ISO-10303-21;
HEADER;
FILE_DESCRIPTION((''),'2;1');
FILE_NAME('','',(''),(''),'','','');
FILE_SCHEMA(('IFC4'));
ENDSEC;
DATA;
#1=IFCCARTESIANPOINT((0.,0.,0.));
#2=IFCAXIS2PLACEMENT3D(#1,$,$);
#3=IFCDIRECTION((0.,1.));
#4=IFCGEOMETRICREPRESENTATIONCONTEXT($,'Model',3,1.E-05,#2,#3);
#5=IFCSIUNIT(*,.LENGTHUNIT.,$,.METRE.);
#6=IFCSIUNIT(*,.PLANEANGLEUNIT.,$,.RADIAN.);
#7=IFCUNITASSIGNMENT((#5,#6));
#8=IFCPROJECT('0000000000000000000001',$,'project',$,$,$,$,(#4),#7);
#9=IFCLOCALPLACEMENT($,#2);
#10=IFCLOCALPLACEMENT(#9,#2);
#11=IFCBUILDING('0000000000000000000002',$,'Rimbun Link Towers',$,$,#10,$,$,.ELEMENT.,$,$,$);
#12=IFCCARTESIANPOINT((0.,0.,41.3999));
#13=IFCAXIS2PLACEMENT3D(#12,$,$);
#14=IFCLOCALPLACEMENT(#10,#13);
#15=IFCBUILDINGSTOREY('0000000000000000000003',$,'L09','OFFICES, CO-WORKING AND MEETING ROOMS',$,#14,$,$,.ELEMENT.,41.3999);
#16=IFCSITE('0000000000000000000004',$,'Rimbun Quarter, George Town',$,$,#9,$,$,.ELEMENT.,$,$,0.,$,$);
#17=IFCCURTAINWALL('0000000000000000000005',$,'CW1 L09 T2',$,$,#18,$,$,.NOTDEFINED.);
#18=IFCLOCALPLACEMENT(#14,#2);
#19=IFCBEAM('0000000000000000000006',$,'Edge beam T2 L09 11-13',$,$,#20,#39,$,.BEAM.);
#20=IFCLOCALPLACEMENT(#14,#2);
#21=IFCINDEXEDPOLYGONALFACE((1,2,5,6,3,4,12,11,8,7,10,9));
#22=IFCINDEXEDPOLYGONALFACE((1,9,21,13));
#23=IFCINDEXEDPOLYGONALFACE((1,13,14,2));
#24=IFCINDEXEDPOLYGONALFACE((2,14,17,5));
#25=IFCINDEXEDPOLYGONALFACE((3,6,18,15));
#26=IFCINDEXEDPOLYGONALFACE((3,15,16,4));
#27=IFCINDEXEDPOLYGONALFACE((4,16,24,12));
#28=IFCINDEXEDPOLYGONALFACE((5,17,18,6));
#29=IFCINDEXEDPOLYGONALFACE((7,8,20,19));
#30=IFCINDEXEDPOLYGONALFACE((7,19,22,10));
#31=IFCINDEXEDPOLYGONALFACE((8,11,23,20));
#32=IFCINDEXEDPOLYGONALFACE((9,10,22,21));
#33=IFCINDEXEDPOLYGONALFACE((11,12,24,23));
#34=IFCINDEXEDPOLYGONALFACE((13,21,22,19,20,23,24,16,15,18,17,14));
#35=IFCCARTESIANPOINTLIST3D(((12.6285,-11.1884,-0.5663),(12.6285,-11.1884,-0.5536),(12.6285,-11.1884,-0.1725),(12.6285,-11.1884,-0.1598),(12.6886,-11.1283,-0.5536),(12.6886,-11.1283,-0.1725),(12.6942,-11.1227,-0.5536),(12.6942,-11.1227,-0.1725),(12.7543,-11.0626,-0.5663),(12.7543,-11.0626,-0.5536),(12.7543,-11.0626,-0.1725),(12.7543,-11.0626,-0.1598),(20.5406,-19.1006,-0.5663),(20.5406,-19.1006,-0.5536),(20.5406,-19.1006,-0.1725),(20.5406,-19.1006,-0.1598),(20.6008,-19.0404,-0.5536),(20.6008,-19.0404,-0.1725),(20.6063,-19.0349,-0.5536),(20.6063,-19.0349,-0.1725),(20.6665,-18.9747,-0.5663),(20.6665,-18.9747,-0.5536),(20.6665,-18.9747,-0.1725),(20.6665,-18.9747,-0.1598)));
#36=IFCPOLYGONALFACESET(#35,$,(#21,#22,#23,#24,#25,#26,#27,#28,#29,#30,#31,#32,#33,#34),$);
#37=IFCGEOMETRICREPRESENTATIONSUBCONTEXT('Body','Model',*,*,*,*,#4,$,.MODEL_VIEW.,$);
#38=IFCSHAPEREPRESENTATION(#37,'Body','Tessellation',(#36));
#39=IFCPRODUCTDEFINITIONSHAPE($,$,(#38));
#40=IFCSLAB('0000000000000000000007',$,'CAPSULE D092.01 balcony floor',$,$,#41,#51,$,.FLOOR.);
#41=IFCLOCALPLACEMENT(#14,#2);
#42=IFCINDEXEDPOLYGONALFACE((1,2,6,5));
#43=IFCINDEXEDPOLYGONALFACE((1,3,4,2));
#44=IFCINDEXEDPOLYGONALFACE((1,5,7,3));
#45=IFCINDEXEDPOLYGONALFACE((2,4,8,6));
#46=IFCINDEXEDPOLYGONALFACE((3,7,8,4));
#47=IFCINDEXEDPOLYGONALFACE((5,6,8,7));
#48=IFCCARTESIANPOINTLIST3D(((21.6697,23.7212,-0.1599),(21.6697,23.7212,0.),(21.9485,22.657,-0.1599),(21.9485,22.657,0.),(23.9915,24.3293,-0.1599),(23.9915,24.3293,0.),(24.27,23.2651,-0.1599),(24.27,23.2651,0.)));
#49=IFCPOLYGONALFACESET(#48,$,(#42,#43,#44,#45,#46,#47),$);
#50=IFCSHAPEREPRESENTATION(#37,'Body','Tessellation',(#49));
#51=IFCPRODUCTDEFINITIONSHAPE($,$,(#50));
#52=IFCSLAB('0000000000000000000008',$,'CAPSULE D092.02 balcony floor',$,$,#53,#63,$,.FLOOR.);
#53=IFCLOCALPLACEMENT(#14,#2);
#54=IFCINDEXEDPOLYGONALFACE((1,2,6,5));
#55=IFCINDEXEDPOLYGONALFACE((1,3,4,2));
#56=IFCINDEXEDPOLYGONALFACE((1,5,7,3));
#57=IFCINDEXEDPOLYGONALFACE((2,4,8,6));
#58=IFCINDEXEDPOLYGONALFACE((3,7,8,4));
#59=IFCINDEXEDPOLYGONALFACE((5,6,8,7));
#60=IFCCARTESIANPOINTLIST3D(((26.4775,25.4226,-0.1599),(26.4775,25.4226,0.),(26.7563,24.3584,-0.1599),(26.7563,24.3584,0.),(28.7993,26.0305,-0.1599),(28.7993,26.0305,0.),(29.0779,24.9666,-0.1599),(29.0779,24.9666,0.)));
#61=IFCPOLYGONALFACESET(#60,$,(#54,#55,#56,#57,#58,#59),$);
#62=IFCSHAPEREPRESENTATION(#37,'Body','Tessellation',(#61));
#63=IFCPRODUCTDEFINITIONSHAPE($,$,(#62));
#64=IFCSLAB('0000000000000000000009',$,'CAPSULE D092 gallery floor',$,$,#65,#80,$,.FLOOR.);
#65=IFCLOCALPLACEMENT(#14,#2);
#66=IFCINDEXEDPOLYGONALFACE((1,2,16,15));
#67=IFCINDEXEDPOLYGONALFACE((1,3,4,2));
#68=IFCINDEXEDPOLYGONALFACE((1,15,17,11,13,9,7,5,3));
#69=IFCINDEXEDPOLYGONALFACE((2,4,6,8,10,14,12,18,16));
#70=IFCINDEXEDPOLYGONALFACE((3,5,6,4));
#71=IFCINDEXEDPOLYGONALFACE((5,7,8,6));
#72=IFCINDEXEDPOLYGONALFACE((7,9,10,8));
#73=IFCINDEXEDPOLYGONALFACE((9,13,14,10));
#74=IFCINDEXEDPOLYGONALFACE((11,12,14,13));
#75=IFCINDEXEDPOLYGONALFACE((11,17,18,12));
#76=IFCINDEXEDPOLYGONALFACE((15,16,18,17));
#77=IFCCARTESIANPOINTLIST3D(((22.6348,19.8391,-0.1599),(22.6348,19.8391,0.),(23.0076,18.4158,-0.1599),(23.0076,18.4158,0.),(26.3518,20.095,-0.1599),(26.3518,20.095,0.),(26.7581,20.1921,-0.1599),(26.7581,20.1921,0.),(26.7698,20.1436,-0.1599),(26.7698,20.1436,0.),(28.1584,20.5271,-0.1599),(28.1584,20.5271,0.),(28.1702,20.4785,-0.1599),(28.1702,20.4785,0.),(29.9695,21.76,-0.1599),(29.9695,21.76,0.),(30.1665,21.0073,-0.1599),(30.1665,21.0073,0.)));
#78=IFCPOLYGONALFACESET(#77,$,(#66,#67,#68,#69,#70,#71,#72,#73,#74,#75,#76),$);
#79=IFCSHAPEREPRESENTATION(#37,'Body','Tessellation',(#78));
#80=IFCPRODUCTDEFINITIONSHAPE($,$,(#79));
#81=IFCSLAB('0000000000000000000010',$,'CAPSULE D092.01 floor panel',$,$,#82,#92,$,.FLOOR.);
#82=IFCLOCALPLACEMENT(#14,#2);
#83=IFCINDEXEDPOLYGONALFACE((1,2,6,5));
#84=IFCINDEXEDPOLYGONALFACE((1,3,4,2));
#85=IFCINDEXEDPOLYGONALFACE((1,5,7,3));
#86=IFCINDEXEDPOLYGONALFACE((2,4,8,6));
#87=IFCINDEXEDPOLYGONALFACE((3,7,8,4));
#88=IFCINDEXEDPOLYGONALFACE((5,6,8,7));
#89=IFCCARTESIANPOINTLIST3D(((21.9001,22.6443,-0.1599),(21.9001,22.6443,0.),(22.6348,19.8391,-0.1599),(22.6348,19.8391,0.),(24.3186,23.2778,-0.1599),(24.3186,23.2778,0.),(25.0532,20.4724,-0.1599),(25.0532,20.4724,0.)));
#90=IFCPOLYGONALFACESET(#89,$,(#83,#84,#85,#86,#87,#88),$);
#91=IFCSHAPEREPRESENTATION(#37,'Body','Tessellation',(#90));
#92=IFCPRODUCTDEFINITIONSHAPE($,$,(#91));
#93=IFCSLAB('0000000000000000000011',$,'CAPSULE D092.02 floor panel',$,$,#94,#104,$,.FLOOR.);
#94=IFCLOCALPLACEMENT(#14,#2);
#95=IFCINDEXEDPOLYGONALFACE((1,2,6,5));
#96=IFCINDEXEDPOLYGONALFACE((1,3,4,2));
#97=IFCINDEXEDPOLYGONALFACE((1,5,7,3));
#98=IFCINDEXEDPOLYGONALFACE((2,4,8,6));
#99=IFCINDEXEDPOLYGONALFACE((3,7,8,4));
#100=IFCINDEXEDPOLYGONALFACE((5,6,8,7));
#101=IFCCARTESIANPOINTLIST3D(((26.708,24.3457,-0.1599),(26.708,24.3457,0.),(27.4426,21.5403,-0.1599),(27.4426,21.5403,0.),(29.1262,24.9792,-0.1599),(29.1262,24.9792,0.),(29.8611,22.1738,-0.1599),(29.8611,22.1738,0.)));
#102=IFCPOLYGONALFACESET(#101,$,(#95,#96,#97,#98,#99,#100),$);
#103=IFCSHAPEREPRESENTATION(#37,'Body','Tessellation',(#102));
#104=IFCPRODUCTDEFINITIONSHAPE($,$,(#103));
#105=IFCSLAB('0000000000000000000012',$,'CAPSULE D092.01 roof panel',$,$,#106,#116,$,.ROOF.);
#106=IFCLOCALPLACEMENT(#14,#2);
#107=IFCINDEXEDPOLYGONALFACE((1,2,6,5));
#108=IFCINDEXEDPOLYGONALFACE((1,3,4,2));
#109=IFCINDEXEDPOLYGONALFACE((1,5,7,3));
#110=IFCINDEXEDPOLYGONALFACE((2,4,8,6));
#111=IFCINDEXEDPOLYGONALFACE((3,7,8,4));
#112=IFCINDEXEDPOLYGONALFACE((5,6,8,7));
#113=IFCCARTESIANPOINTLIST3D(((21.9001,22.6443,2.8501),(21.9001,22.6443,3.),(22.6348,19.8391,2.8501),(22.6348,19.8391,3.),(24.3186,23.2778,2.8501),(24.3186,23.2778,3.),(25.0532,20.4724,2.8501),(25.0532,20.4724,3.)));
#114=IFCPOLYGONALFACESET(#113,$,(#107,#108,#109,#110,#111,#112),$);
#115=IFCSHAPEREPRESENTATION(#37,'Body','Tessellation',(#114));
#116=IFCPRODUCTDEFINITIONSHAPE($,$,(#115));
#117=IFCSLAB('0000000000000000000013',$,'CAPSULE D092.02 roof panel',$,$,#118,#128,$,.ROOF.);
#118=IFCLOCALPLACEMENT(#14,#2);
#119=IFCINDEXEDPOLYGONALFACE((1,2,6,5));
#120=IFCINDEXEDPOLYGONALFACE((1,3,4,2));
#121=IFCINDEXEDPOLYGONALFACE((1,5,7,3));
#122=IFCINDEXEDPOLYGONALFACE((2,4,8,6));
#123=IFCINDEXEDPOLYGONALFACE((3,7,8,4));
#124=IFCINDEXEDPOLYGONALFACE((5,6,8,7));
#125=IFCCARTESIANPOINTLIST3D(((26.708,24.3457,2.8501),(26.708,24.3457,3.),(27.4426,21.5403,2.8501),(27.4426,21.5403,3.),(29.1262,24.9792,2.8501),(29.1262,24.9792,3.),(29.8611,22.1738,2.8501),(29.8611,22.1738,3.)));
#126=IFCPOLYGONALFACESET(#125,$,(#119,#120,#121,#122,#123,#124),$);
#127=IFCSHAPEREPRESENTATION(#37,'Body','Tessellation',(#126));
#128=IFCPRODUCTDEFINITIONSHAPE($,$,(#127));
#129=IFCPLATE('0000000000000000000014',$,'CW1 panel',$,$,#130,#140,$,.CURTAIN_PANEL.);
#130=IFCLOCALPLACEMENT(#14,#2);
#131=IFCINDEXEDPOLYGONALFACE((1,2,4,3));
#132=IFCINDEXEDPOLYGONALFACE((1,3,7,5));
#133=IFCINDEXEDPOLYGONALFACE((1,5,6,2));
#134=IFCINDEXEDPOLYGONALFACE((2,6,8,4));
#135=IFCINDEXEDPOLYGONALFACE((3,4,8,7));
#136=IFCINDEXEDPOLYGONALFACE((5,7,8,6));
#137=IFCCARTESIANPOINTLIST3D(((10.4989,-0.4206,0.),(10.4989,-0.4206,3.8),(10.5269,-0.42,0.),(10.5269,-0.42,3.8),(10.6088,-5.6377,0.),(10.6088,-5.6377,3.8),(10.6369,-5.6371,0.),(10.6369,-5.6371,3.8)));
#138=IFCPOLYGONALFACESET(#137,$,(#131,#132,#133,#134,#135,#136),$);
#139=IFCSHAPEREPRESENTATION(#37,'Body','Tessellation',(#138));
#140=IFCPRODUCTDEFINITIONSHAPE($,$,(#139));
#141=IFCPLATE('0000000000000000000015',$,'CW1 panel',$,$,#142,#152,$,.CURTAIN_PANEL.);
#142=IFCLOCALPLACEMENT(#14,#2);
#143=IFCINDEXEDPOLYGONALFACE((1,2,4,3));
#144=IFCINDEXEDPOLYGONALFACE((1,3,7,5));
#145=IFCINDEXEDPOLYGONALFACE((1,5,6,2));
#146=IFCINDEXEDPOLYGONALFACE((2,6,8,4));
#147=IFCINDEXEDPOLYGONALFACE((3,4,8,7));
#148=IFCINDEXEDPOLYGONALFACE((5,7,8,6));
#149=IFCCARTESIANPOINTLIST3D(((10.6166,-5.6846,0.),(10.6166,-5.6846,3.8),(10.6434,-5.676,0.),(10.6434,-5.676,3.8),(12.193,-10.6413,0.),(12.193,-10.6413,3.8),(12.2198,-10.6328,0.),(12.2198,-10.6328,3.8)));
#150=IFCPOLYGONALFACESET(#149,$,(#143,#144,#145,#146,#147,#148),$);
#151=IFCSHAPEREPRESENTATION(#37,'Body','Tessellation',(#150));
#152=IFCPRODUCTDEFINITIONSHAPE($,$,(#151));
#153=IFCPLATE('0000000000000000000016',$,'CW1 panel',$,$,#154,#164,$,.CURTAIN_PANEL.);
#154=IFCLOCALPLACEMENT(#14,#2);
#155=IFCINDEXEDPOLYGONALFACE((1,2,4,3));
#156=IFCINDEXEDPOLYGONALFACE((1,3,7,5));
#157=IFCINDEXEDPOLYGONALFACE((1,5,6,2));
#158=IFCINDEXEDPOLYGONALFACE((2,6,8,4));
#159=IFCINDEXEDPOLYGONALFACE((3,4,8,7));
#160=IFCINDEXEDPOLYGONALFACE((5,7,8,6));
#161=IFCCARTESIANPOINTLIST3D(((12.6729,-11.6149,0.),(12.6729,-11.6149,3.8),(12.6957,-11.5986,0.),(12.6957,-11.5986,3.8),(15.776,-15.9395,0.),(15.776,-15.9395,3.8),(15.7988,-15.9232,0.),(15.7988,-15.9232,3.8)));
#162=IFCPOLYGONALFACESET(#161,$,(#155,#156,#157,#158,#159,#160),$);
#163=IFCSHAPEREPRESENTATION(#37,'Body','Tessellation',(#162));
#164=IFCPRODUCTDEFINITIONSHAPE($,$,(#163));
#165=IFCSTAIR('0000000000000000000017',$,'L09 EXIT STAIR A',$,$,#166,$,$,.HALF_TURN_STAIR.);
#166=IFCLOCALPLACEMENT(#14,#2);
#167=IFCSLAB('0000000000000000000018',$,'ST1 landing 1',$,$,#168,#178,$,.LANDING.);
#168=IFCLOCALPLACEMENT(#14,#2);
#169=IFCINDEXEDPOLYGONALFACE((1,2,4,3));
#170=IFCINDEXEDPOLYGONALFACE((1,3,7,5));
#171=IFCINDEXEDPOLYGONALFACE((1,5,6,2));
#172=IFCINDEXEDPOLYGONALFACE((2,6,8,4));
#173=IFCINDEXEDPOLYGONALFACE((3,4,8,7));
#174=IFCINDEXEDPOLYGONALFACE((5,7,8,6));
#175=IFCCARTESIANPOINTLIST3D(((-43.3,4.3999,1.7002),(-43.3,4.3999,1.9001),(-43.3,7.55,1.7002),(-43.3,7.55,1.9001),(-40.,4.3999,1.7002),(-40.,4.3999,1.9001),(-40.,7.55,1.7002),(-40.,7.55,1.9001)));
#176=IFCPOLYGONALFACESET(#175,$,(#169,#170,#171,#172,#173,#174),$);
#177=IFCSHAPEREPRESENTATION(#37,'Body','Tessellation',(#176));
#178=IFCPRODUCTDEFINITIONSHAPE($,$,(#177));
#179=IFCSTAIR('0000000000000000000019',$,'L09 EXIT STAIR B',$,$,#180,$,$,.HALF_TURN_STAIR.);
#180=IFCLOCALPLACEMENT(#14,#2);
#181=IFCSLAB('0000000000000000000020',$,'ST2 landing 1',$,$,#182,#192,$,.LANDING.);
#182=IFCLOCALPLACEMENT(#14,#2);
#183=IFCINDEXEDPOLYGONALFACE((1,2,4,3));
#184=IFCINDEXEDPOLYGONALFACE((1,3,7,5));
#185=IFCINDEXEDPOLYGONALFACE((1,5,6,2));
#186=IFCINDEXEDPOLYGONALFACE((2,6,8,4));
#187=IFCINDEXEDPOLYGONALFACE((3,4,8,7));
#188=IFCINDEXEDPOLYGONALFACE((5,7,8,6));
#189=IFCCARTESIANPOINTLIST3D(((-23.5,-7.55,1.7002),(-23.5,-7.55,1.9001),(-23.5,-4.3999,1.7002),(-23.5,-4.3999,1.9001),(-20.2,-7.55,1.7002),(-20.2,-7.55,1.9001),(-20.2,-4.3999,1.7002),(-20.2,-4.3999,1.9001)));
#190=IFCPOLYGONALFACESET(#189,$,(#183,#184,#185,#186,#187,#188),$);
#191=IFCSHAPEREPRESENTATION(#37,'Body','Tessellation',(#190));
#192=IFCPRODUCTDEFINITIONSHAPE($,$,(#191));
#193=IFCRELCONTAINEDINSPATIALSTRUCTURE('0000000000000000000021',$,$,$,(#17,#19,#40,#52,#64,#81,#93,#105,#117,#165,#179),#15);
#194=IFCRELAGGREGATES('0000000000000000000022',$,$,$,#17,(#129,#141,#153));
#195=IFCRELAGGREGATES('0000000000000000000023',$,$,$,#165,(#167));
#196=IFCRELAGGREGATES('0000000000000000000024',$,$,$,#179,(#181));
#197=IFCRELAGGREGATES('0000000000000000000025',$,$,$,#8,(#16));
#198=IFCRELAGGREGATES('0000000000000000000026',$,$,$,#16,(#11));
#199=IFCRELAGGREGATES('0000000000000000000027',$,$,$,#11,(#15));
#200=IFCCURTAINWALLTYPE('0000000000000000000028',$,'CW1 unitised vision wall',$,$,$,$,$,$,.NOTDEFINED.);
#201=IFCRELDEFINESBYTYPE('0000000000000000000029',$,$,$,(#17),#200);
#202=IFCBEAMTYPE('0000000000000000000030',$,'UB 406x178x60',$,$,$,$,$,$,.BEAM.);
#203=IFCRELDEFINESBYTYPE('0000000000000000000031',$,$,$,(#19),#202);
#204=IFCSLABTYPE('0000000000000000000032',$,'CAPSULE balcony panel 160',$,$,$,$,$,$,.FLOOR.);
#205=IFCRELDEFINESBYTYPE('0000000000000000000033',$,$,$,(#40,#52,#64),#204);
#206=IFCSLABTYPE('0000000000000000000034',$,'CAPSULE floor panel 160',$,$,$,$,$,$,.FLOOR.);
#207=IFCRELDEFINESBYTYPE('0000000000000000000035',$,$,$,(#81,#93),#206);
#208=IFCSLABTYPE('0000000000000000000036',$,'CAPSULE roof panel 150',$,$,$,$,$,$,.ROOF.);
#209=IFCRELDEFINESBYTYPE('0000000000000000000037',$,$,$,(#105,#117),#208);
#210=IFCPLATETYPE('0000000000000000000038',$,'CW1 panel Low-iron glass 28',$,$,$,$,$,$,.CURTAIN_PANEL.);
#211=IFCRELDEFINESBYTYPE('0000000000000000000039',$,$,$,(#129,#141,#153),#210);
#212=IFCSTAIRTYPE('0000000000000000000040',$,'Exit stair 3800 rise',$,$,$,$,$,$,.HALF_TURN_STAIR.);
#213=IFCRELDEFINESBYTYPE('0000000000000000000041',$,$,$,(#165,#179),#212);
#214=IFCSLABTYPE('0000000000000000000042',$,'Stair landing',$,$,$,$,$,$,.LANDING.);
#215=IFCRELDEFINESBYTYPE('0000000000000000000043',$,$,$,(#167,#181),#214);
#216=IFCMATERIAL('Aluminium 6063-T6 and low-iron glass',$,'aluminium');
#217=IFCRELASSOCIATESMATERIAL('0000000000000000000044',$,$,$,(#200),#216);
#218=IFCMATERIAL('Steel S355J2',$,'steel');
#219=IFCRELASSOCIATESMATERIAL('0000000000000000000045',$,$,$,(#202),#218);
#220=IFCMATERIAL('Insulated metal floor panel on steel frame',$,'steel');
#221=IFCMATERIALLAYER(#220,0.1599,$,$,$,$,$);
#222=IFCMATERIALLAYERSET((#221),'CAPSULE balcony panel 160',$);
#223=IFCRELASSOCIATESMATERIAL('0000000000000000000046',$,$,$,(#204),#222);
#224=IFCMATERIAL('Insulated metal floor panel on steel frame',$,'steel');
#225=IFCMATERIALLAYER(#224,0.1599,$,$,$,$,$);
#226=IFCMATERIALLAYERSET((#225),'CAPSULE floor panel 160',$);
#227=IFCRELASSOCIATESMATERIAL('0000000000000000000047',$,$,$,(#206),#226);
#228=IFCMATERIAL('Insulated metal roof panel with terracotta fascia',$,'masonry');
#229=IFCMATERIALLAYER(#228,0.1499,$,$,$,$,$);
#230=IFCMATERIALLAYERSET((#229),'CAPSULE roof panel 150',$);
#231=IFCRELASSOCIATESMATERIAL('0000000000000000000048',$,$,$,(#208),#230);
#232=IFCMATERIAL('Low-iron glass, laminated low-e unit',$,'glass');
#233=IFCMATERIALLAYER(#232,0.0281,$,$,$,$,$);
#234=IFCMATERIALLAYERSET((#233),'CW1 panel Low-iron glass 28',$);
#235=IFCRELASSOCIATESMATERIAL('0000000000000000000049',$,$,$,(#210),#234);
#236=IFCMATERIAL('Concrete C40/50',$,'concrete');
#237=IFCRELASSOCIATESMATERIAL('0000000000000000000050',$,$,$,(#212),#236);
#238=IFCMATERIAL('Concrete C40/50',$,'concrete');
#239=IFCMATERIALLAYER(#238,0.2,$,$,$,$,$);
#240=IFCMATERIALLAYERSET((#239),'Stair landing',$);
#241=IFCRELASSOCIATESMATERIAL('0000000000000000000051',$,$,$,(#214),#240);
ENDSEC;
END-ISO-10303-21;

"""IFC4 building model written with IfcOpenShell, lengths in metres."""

from ifc_helpers import new_model, si_unit, direction, frame, origin, origin_2d, place, context, subcontext, project, spatial, polyline, rectangle, i_section, outline, extrude, material, layer, layer_set, material_profile, profile_set, type_object, element, aggregate, save


model = new_model("IFC4")

# Units and contexts
model_context = context("Model", 3, precision=1e-05, world=origin(), true_north=direction((0.0, 1.0)))
body_context = subcontext(model_context, "Body", "Model", "MODEL_VIEW")
ifc_project = project(units=[si_unit("LENGTHUNIT", "METRE"), si_unit("PLANEANGLEUNIT", "RADIAN")], contexts=[model_context])

# Site, building, storey
site_placement = place(None, origin())
site = spatial("IfcSite", under=ifc_project, at=site_placement, Name="Rimbun Quarter, George Town", CompositionType="ELEMENT", RefElevation=0.0)
building_placement = place(site_placement, origin())
building = spatial("IfcBuilding", under=site, at=building_placement, Name="Rimbun Link Towers", CompositionType="ELEMENT")
storey_placement = place(building_placement, frame((0.0, 0.0, 41.3999)))
storey = spatial("IfcBuildingStorey", under=building, at=storey_placement, Name="L09", Description="OFFICES, CO-WORKING AND MEETING ROOMS", CompositionType="ELEMENT", Elevation=41.3999)

# Curtain wall
ifc_material_1 = material(Name="Aluminium 6063-T6 and low-iron glass", Category="aluminium")
curtain_wall_type = type_object("IfcCurtainWallType", Name="CW1 unitised vision wall", PredefinedType="NOTDEFINED", material=ifc_material_1)
curtain_wall_placement = place(storey_placement, origin())
curtain_wall = element("IfcCurtainWall", 1, at=curtain_wall_placement, inside=storey, type_object=curtain_wall_type, Name="CW1 L09 T2", PredefinedType="NOTDEFINED")

# Beam
ifc_material_2 = material(Name="Steel S355J2", Category="steel")
ifc_material_profile_1 = material_profile(ifc_material_2, i_section(OverallWidth=0.178, OverallDepth=0.4065, WebThickness=0.0078, FlangeThickness=0.0127, at=origin_2d()), Name="UB 406x178x60")
ifc_profile_set_1 = profile_set([ifc_material_profile_1], Name="Steel S355J2")
beam_type_1 = type_object("IfcBeamType", Name="UB 406x178x60", PredefinedType="BEAM", material=ifc_profile_set_1)
beam_1_placement = place(storey_placement, frame((12.6914, -11.1255, -0.363), z_axis=(0.707107, -0.707107, 0.0), x_axis=(0.707107, 0.707107, 0.0)))
element("IfcBeam", 2, at=beam_1_placement, inside=storey, type_object=beam_type_1, Name="Edge beam T2 L09 11-13", PredefinedType="BEAM", context=body_context, shape_type="SweptSolid", body=[
    extrude(i_section(OverallWidth=0.178, OverallDepth=0.4065, WebThickness=0.0078, FlangeThickness=0.0127, at=origin_2d()), origin(), (0.0, 0.0, 1.0), 11.1895),
])

# Slabs
ifc_material_3 = material(Name="Insulated metal floor panel on steel frame", Category="steel")
ifc_layer_1 = layer(ifc_material_3, 0.1599)
ifc_layer_set_1 = layer_set([ifc_layer_1], Name="CAPSULE balcony panel 160")
slab_type_1 = type_object("IfcSlabType", Name="CAPSULE balcony panel 160", PredefinedType="FLOOR", material=ifc_layer_set_1)
slab_1_placement = place(storey_placement, frame((0.0, 0.0, -0.1599)))
element("IfcSlab", 3, at=slab_1_placement, inside=storey, type_object=slab_type_1, Name="CAPSULE D092.01 balcony floor", PredefinedType="FLOOR", context=body_context, shape_type="SweptSolid", body=[
    extrude(outline(polyline([(23.9915, 24.3293), (21.6697, 23.7212), (21.9485, 22.657), (24.27, 23.2651), (23.9915, 24.3293)])), origin(), (0.0, 0.0, 1.0), 0.1599),
])
slab_2_placement = place(storey_placement, frame((0.0, 0.0, -0.1599)))
element("IfcSlab", 4, at=slab_2_placement, inside=storey, type_object=slab_type_1, Name="CAPSULE D092.02 balcony floor", PredefinedType="FLOOR", context=body_context, shape_type="SweptSolid", body=[
    extrude(outline(polyline([(28.7993, 26.0305), (26.4775, 25.4226), (26.7563, 24.3584), (29.0779, 24.9666), (28.7993, 26.0305)])), origin(), (0.0, 0.0, 1.0), 0.1599),
])
slab_3_placement = place(storey_placement, frame((0.0, 0.0, -0.1599)))
element("IfcSlab", 5, at=slab_3_placement, inside=storey, type_object=slab_type_1, Name="CAPSULE D092 gallery floor", PredefinedType="FLOOR", context=body_context, shape_type="SweptSolid", body=[
    extrude(outline(polyline([(28.1584, 20.5271), (30.1665, 21.0073), (29.9695, 21.76), (22.6348, 19.8391), (23.0076, 18.4158), (26.3518, 20.095), (26.7581, 20.1921), (26.7698, 20.1436), (28.1702, 20.4785), (28.1584, 20.5271)])), origin(), (0.0, 0.0, 1.0), 0.1599),
])
ifc_material_4 = material(Name="Insulated metal floor panel on steel frame", Category="steel")
ifc_layer_2 = layer(ifc_material_4, 0.1599)
ifc_layer_set_2 = layer_set([ifc_layer_2], Name="CAPSULE floor panel 160")
slab_type_2 = type_object("IfcSlabType", Name="CAPSULE floor panel 160", PredefinedType="FLOOR", material=ifc_layer_set_2)
slab_4_placement = place(storey_placement, frame((0.0, 0.0, -0.1599)))
element("IfcSlab", 6, at=slab_4_placement, inside=storey, type_object=slab_type_2, Name="CAPSULE D092.01 floor panel", PredefinedType="FLOOR", context=body_context, shape_type="SweptSolid", body=[
    extrude(outline(polyline([(24.3186, 23.2778), (21.9001, 22.6443), (22.6348, 19.8391), (25.0532, 20.4724), (24.3186, 23.2778)])), origin(), (0.0, 0.0, 1.0), 0.1599),
])
slab_5_placement = place(storey_placement, frame((0.0, 0.0, -0.1599)))
element("IfcSlab", 7, at=slab_5_placement, inside=storey, type_object=slab_type_2, Name="CAPSULE D092.02 floor panel", PredefinedType="FLOOR", context=body_context, shape_type="SweptSolid", body=[
    extrude(outline(polyline([(29.1262, 24.9792), (26.708, 24.3457), (27.4426, 21.5403), (29.8611, 22.1738), (29.1262, 24.9792)])), origin(), (0.0, 0.0, 1.0), 0.1599),
])
ifc_material_5 = material(Name="Insulated metal roof panel with terracotta fascia", Category="masonry")
ifc_layer_3 = layer(ifc_material_5, 0.1499)
ifc_layer_set_3 = layer_set([ifc_layer_3], Name="CAPSULE roof panel 150")
slab_type_3 = type_object("IfcSlabType", Name="CAPSULE roof panel 150", PredefinedType="ROOF", material=ifc_layer_set_3)
slab_6_placement = place(storey_placement, frame((0.0, 0.0, 2.8501)))
element("IfcSlab", 8, at=slab_6_placement, inside=storey, type_object=slab_type_3, Name="CAPSULE D092.01 roof panel", PredefinedType="ROOF", context=body_context, shape_type="SweptSolid", body=[
    extrude(outline(polyline([(24.3186, 23.2778), (21.9001, 22.6443), (22.6348, 19.8391), (25.0532, 20.4724), (24.3186, 23.2778)])), origin(), (0.0, 0.0, 1.0), 0.1499),
])
slab_7_placement = place(storey_placement, frame((0.0, 0.0, 2.8501)))
element("IfcSlab", 9, at=slab_7_placement, inside=storey, type_object=slab_type_3, Name="CAPSULE D092.02 roof panel", PredefinedType="ROOF", context=body_context, shape_type="SweptSolid", body=[
    extrude(outline(polyline([(29.1262, 24.9792), (26.708, 24.3457), (27.4426, 21.5403), (29.8611, 22.1738), (29.1262, 24.9792)])), origin(), (0.0, 0.0, 1.0), 0.1499),
])

# Plates
ifc_material_6 = material(Name="Low-iron glass, laminated low-e unit", Category="glass")
ifc_layer_4 = layer(ifc_material_6, 0.0281)
ifc_layer_set_4 = layer_set([ifc_layer_4], Name="CW1 panel Low-iron glass 28")
plate_type = type_object("IfcPlateType", Name="CW1 panel Low-iron glass 28", PredefinedType="CURTAIN_PANEL", material=ifc_layer_set_4)
plate_1_placement = place(storey_placement, frame((10.5679, -3.0288, 0.0), z_axis=(0.0, 0.0, 1.0), x_axis=(-0.021066, 0.999778, 0.0)))
plate_1 = element("IfcPlate", 10, at=plate_1_placement, type_object=plate_type, Name="CW1 panel", PredefinedType="CURTAIN_PANEL", context=body_context, shape_type="SweptSolid", body=[
    extrude(rectangle(XDim=5.2183, YDim=0.0281, at=origin_2d()), origin(), (0.0, 0.0, 1.0), 3.8),
])
plate_2_placement = place(storey_placement, frame((11.4182, -8.1587, 0.0), z_axis=(0.0, 0.0, 1.0), x_axis=(-0.303071, 0.952968, 0.0)))
plate_2 = element("IfcPlate", 11, at=plate_2_placement, type_object=plate_type, Name="CW1 panel", PredefinedType="CURTAIN_PANEL", context=body_context, shape_type="SweptSolid", body=[
    extrude(rectangle(XDim=5.2014, YDim=0.0281, at=origin_2d()), origin(), (0.0, 0.0, 1.0), 3.8),
])
plate_3_placement = place(storey_placement, frame((14.2358, -13.769, 0.0), z_axis=(0.0, 0.0, 1.0), x_axis=(-0.582996, 0.812475, 0.0)))
plate_3 = element("IfcPlate", 12, at=plate_3_placement, type_object=plate_type, Name="CW1 panel", PredefinedType="CURTAIN_PANEL", context=body_context, shape_type="SweptSolid", body=[
    extrude(rectangle(XDim=5.3228, YDim=0.0281, at=origin_2d()), origin(), (0.0, 0.0, 1.0), 3.8),
])
aggregate(curtain_wall, [plate_1, plate_2, plate_3])

# Stairs, slabs
ifc_material_7 = material(Name="Concrete C40/50", Category="concrete")
stair_type = type_object("IfcStairType", Name="Exit stair 3800 rise", PredefinedType="HALF_TURN_STAIR", material=ifc_material_7)
stair_1_placement = place(storey_placement, origin())
stair_1 = element("IfcStair", 13, at=stair_1_placement, inside=storey, type_object=stair_type, Name="L09 EXIT STAIR A", PredefinedType="HALF_TURN_STAIR")
ifc_material_8 = material(Name="Concrete C40/50", Category="concrete")
ifc_layer_5 = layer(ifc_material_8, 0.2)
ifc_layer_set_5 = layer_set([ifc_layer_5], Name="Stair landing")
slab_type_4 = type_object("IfcSlabType", Name="Stair landing", PredefinedType="LANDING", material=ifc_layer_set_5)
slab_8_placement = place(storey_placement, frame((0.0, 0.0, 1.7002)))
slab_8 = element("IfcSlab", 14, at=slab_8_placement, type_object=slab_type_4, Name="ST1 landing 1", PredefinedType="LANDING", context=body_context, shape_type="SweptSolid", body=[
    extrude(outline(polyline([(-40.0, 7.55), (-43.3, 7.55), (-43.3, 4.3999), (-40.0, 4.3999), (-40.0, 7.55)])), origin(), (0.0, 0.0, 1.0), 0.2),
])
aggregate(stair_1, [slab_8])
stair_2_placement = place(storey_placement, origin())
stair_2 = element("IfcStair", 15, at=stair_2_placement, inside=storey, type_object=stair_type, Name="L09 EXIT STAIR B", PredefinedType="HALF_TURN_STAIR")
slab_9_placement = place(storey_placement, frame((0.0, 0.0, 1.7002)))
slab_9 = element("IfcSlab", 16, at=slab_9_placement, type_object=slab_type_4, Name="ST2 landing 1", PredefinedType="LANDING", context=body_context, shape_type="SweptSolid", body=[
    extrude(outline(polyline([(-23.5, -7.55), (-20.2, -7.55), (-20.2, -4.3999), (-23.5, -4.3999), (-23.5, -7.55)])), origin(), (0.0, 0.0, 1.0), 0.2),
])
aggregate(stair_2, [slab_9])

save(model, "model.ifc")
